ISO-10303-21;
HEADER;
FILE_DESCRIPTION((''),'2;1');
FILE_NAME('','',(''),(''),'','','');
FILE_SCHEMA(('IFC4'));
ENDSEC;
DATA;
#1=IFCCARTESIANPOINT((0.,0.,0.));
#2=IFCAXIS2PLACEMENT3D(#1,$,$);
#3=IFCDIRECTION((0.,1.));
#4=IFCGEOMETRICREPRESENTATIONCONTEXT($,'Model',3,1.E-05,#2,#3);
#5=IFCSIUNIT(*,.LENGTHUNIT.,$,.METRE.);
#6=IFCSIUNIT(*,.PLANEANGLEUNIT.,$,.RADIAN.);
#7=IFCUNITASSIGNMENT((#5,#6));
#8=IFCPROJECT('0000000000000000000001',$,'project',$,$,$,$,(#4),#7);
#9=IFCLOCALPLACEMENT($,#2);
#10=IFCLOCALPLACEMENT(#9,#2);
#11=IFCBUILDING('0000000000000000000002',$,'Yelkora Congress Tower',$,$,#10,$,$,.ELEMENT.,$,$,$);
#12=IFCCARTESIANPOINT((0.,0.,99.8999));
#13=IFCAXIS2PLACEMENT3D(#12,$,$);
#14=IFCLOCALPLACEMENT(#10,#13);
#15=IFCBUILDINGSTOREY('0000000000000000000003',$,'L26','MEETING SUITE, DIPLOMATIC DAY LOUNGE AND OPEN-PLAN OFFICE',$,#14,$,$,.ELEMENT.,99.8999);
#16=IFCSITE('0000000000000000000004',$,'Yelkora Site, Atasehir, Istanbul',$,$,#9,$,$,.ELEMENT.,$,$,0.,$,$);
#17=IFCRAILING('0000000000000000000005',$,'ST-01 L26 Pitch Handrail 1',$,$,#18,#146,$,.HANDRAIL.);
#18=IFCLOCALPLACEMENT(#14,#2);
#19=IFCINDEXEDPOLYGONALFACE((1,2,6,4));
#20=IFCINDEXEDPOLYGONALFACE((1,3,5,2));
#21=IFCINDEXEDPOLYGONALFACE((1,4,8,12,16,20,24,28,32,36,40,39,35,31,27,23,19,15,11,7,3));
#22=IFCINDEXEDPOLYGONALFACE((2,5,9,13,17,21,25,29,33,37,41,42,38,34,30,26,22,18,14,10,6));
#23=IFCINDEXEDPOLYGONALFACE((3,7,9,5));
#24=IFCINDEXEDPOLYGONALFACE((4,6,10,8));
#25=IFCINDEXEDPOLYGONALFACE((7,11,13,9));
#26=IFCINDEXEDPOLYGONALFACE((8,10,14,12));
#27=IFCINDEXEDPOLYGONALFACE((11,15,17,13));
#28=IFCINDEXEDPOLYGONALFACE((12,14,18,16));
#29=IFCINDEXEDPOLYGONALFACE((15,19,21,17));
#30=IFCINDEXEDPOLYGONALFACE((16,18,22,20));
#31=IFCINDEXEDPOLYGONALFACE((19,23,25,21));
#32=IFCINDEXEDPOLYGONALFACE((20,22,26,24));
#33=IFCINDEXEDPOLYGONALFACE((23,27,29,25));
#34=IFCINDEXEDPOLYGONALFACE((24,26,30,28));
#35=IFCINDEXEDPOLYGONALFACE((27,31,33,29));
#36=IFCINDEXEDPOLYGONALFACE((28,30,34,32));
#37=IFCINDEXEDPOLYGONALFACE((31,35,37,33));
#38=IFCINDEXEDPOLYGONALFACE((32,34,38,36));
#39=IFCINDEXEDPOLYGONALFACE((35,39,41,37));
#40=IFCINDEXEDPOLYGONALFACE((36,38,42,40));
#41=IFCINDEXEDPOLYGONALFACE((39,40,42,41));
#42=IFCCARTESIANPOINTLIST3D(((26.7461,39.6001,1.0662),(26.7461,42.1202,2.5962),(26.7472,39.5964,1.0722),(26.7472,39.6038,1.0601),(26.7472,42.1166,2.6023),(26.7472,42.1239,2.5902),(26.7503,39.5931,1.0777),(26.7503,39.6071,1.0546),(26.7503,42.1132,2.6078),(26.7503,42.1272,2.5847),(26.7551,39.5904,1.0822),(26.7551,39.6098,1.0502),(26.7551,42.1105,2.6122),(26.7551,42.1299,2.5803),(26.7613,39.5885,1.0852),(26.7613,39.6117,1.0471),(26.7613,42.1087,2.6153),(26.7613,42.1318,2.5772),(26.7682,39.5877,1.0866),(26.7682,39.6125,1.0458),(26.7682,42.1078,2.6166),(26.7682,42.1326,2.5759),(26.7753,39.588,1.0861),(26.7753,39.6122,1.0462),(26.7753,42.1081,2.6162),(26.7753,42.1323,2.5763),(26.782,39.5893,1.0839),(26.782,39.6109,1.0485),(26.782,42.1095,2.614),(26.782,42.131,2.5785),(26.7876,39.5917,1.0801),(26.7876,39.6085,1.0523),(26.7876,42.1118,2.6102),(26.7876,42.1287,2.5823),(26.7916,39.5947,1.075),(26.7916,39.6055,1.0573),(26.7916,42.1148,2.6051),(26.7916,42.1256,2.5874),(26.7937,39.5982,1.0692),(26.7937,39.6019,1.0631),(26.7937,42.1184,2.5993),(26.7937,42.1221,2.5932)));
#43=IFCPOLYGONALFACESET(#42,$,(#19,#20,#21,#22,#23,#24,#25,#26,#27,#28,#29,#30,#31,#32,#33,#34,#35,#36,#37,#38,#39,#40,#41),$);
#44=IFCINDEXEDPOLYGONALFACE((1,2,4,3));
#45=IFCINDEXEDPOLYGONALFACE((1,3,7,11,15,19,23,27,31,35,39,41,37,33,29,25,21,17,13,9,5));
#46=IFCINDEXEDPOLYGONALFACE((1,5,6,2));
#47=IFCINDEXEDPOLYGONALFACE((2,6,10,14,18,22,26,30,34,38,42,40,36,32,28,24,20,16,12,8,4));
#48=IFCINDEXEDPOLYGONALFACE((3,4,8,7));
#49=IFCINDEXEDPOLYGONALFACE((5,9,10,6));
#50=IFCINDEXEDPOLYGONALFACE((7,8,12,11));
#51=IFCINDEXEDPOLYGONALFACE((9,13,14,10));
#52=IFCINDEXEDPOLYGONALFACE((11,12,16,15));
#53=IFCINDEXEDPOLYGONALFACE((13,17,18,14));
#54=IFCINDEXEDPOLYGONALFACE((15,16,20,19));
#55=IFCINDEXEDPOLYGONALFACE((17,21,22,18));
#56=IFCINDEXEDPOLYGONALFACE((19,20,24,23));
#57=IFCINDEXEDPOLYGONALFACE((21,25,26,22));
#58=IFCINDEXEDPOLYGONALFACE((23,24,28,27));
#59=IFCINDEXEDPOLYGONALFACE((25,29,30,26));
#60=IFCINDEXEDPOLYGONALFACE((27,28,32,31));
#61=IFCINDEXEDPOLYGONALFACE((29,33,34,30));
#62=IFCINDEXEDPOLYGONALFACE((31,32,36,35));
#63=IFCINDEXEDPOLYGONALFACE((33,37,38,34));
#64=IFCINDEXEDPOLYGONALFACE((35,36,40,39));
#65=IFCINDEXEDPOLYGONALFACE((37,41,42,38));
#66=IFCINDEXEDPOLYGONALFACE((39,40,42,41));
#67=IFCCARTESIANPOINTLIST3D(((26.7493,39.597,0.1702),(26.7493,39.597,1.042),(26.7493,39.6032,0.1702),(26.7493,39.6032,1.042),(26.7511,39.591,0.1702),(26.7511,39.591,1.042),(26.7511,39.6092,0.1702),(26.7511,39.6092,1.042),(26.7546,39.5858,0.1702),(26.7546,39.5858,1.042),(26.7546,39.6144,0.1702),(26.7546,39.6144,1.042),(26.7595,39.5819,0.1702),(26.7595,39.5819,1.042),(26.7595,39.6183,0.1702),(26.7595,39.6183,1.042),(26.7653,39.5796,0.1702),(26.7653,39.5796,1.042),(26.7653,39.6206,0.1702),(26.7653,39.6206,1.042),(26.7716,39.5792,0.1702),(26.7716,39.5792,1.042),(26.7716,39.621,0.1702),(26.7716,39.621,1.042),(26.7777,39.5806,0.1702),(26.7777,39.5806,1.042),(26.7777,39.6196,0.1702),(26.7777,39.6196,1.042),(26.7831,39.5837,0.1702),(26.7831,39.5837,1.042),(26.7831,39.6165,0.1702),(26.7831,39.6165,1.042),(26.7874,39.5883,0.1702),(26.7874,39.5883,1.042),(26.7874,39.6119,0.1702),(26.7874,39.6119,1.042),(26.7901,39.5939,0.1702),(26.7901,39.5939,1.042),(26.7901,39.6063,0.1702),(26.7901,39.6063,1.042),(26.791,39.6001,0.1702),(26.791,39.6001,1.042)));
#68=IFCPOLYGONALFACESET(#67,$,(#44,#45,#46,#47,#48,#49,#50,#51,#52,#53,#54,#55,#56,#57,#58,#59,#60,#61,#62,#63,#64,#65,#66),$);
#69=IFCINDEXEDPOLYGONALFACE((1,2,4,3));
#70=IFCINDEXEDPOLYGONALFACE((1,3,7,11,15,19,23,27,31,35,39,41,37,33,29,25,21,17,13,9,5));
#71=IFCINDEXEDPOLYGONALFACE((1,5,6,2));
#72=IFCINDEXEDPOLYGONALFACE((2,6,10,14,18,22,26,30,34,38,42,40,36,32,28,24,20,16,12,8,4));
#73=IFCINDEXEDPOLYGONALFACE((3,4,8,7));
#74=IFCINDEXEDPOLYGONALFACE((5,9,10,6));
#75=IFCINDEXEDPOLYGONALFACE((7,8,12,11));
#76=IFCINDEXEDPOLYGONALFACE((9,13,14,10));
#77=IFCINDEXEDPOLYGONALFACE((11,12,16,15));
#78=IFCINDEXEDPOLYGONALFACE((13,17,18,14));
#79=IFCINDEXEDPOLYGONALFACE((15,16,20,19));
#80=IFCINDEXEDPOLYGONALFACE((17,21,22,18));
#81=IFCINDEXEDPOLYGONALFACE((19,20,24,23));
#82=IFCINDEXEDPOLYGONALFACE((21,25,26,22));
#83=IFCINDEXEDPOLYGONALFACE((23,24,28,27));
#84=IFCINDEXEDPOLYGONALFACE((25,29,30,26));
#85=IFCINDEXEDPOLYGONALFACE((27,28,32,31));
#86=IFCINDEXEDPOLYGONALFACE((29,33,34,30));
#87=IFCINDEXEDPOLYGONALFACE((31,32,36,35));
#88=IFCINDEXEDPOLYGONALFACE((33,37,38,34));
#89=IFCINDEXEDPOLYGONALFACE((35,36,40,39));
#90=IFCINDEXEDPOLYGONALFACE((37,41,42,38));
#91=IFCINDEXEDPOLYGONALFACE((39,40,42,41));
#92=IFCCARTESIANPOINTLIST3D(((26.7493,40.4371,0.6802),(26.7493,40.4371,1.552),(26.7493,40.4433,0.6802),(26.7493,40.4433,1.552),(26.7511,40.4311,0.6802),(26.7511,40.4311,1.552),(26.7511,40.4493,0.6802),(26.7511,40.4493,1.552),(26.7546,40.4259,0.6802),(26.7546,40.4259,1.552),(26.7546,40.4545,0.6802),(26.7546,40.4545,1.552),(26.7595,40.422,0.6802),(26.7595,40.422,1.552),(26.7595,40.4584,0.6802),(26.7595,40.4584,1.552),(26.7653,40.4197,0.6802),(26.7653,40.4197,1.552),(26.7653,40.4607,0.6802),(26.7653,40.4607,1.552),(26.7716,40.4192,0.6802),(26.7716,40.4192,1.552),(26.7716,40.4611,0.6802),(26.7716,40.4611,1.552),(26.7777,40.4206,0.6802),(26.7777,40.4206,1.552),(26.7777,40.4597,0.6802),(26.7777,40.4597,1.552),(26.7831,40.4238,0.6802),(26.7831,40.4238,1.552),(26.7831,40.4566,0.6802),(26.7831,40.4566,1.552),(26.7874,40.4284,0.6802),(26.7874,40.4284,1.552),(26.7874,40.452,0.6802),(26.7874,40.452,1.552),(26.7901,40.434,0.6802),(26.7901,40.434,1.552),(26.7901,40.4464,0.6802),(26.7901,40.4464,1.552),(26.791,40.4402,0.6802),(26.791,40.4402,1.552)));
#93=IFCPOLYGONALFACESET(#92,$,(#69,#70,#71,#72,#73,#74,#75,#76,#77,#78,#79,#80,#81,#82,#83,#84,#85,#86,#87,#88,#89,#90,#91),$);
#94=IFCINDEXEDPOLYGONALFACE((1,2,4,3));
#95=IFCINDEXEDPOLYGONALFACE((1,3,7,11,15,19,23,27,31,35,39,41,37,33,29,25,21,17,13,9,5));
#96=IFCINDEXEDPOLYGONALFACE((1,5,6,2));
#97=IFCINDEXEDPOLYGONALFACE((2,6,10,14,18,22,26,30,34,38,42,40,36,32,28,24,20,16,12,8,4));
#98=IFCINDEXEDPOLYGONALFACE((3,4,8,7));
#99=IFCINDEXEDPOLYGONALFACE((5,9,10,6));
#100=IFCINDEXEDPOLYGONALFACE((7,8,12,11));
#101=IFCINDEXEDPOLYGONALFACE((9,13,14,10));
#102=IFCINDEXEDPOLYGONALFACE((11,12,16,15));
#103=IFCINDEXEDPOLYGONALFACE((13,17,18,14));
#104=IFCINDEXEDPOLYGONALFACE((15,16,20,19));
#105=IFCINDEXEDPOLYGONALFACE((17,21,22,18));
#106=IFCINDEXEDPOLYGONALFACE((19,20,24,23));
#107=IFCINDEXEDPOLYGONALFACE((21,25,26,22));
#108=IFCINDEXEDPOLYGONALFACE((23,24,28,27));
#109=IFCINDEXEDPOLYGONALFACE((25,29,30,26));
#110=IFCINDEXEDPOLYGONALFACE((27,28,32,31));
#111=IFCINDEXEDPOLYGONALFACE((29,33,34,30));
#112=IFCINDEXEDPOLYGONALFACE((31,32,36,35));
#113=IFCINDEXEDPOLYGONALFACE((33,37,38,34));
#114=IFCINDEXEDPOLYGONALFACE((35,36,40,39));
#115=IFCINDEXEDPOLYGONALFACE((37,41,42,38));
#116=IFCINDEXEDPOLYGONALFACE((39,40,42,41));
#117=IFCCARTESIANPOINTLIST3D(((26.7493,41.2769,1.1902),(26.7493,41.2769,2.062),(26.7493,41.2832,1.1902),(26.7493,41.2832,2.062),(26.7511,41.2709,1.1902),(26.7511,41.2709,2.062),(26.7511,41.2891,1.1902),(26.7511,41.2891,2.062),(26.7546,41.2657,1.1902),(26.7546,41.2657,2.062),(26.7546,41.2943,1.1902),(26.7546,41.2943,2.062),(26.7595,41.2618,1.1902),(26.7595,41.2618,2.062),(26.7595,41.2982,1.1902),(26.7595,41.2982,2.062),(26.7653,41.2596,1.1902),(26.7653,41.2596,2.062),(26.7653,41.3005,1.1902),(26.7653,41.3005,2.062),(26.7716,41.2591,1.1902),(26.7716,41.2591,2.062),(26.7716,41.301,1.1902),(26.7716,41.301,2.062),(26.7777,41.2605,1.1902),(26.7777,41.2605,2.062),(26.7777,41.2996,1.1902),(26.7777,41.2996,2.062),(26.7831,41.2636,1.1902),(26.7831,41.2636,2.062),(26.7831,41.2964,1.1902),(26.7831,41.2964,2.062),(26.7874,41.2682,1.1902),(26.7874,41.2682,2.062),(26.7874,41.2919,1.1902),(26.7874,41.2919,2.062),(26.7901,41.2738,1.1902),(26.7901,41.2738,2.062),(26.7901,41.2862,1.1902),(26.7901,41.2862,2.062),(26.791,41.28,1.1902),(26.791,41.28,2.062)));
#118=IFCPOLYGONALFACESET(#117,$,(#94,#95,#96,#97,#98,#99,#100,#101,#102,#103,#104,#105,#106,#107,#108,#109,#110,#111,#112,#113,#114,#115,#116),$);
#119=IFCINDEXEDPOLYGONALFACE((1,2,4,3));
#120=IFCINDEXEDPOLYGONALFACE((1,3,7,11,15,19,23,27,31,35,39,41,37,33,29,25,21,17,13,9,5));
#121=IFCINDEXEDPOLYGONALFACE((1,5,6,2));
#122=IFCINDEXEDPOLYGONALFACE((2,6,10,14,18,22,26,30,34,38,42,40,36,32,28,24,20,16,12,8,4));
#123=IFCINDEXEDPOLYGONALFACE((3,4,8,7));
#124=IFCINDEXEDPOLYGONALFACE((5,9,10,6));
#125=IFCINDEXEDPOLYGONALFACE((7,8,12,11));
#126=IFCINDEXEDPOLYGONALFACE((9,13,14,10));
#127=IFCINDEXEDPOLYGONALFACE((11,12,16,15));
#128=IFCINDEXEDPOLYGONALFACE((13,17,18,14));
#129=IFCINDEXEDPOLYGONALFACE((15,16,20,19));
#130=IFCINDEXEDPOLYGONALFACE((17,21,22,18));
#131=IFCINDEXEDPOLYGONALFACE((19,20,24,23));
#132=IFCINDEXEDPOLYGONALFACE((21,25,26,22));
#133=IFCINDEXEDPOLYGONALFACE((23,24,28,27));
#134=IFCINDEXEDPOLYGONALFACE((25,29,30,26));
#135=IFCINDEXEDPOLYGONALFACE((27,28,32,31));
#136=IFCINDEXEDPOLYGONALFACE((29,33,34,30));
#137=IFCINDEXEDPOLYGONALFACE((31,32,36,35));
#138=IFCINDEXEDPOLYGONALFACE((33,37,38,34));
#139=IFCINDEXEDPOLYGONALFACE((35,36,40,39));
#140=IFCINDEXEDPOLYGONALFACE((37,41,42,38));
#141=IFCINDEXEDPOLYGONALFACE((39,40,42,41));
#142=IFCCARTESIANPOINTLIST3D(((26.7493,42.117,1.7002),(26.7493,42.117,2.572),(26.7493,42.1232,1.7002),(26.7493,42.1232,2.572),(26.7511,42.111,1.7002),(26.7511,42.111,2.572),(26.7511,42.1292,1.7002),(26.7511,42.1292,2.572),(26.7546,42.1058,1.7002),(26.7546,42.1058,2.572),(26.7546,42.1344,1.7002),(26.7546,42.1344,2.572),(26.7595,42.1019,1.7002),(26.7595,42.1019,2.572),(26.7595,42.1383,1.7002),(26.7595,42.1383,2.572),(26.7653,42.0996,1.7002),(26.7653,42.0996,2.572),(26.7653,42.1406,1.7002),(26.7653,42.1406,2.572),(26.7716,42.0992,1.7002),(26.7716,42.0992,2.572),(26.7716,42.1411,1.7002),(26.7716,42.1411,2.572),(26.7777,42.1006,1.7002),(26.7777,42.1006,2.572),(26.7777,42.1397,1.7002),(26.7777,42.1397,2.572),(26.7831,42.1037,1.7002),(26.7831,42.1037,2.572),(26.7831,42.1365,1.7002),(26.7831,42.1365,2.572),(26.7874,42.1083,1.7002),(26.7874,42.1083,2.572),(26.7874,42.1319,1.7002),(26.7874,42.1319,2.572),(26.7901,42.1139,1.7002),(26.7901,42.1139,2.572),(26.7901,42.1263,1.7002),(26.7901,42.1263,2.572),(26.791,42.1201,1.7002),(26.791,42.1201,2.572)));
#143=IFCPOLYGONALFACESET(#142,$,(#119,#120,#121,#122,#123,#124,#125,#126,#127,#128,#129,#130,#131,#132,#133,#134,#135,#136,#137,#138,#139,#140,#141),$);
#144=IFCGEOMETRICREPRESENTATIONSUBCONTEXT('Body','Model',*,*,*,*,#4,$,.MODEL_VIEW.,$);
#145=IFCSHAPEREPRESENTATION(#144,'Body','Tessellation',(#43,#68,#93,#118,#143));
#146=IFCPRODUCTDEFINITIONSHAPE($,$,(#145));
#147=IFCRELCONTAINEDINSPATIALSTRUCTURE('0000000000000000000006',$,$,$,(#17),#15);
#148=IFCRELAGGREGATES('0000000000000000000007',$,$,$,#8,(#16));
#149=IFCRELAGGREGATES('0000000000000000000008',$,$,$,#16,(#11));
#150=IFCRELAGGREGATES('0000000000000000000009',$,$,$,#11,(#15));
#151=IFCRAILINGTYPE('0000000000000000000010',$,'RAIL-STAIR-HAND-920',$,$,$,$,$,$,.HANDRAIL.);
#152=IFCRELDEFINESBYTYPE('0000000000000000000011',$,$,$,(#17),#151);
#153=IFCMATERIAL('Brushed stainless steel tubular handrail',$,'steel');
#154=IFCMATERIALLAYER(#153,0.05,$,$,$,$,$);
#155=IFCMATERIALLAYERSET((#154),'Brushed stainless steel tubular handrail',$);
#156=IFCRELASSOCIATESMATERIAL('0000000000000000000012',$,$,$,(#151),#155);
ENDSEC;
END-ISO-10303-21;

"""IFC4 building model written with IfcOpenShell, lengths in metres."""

from ifc_helpers import new_model, si_unit, direction, frame, origin, origin_2d, place, context, subcontext, project, spatial, circle, extrude, material, layer, layer_set, type_object, element, save


model = new_model("IFC4")

# Units and contexts
model_context = context("Model", 3, precision=1e-05, world=origin(), true_north=direction((0.0, 1.0)))
body_context = subcontext(model_context, "Body", "Model", "MODEL_VIEW")
ifc_project = project(units=[si_unit("LENGTHUNIT", "METRE"), si_unit("PLANEANGLEUNIT", "RADIAN")], contexts=[model_context])

# Site, building, storey
site_placement = place(None, origin())
site = spatial("IfcSite", under=ifc_project, at=site_placement, Name="Yelkora Site, Atasehir, Istanbul", CompositionType="ELEMENT", RefElevation=0.0)
building_placement = place(site_placement, origin())
building = spatial("IfcBuilding", under=site, at=building_placement, Name="Yelkora Congress Tower", CompositionType="ELEMENT")
storey_placement = place(building_placement, frame((0.0, 0.0, 99.8999)))
storey = spatial("IfcBuildingStorey", under=building, at=storey_placement, Name="L26", Description="MEETING SUITE, DIPLOMATIC DAY LOUNGE AND OPEN-PLAN OFFICE", CompositionType="ELEMENT", Elevation=99.8999)

# Railing
ifc_material_1 = material(Name="Brushed stainless steel tubular handrail", Category="steel")
ifc_layer_1 = layer(ifc_material_1, 0.05)
ifc_layer_set_1 = layer_set([ifc_layer_1], Name="Brushed stainless steel tubular handrail")
railing_type_1 = type_object("IfcRailingType", Name="RAIL-STAIR-HAND-920", PredefinedType="HANDRAIL", material=ifc_layer_set_1)
railing_1_placement = place(storey_placement, frame((26.77, 39.6001, 0.1702)))
element("IfcRailing", 1, at=railing_1_placement, inside=storey, type_object=railing_type_1, Name="ST-01 L26 Pitch Handrail 1", PredefinedType="HANDRAIL", context=body_context, shape_type="SweptSolid", body=[
    extrude(circle(Radius=0.0239, at=origin_2d()), frame((0.0, 0.0, 0.896), z_axis=(0.0, 0.854785, 0.518982), x_axis=(-1.0, 0.0, 0.0)), (0.0, 0.0, 1.0), 2.9482),
    extrude(circle(Radius=0.021, at=origin_2d()), origin(), (0.0, 0.0, 1.0), 0.8718),
    extrude(circle(Radius=0.021, at=origin_2d()), frame((0.0, 0.8401, 0.51)), (0.0, 0.0, 1.0), 0.8718),
    extrude(circle(Radius=0.021, at=origin_2d()), frame((0.0, 1.6799, 1.02)), (0.0, 0.0, 1.0), 0.8718),
    extrude(circle(Radius=0.021, at=origin_2d()), frame((0.0, 2.52, 1.53)), (0.0, 0.0, 1.0), 0.8718),
])

save(model, "model.ifc")
